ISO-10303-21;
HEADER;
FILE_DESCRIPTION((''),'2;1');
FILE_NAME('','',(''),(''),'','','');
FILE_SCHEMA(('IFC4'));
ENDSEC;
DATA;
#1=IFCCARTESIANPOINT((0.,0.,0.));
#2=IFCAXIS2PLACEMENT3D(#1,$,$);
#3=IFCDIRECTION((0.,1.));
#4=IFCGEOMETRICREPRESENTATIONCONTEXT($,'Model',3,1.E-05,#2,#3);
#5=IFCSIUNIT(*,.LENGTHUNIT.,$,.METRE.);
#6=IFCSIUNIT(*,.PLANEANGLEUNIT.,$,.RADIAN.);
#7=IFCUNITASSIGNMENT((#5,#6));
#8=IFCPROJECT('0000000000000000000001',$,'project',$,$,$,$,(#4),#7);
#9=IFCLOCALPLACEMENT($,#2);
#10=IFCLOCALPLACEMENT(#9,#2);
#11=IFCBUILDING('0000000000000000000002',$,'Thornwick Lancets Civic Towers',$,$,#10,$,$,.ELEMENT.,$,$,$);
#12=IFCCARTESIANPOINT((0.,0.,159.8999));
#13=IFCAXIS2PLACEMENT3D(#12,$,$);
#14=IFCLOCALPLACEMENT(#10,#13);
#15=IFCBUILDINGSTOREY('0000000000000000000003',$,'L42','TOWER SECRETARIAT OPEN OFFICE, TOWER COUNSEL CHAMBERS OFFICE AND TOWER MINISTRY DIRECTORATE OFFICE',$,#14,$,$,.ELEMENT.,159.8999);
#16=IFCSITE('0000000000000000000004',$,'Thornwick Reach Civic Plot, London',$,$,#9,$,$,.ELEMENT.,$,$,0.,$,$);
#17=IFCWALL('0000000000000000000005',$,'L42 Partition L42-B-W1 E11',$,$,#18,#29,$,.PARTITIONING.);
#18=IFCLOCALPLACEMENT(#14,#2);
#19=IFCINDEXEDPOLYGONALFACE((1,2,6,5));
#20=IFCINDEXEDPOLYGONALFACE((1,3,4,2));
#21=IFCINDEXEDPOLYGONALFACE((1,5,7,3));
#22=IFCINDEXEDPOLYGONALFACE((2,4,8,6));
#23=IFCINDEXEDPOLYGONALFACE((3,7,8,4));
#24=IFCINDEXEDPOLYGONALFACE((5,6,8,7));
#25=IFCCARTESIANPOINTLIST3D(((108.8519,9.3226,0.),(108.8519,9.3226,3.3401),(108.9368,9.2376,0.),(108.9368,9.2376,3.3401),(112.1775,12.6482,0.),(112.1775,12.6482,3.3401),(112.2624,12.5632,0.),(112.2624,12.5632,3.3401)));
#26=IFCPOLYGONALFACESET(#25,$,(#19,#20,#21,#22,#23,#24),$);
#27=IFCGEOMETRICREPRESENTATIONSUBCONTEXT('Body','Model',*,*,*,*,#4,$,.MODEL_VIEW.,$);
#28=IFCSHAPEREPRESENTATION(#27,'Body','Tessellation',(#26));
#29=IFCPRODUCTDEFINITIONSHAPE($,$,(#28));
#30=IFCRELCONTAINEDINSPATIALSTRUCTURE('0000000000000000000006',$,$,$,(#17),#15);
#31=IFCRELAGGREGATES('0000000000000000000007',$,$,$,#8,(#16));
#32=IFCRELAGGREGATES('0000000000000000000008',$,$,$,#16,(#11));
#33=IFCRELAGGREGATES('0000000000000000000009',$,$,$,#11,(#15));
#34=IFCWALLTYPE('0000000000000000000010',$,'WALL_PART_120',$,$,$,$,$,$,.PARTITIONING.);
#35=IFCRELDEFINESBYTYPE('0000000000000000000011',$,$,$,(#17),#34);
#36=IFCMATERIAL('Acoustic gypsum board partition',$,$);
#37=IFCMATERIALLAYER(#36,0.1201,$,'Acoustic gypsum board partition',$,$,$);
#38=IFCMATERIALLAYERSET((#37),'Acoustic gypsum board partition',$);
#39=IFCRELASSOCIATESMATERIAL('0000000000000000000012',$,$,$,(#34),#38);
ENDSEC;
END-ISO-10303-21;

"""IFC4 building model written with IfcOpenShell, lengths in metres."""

from ifc_helpers import new_model, si_unit, direction, frame, frame_2d, origin, place, context, subcontext, project, spatial, rectangle, extrude, material, layer, layer_set, type_object, element, save


model = new_model("IFC4")

# Units and contexts
model_context = context("Model", 3, precision=1e-05, world=origin(), true_north=direction((0.0, 1.0)))
body_context = subcontext(model_context, "Body", "Model", "MODEL_VIEW")
ifc_project = project(units=[si_unit("LENGTHUNIT", "METRE"), si_unit("PLANEANGLEUNIT", "RADIAN")], contexts=[model_context])

# Site, building, storey
site_placement = place(None, origin())
site = spatial("IfcSite", under=ifc_project, at=site_placement, Name="Thornwick Reach Civic Plot, London", CompositionType="ELEMENT", RefElevation=0.0)
building_placement = place(site_placement, origin())
building = spatial("IfcBuilding", under=site, at=building_placement, Name="Thornwick Lancets Civic Towers", CompositionType="ELEMENT")
storey_placement = place(building_placement, frame((0.0, 0.0, 159.8999)))
storey = spatial("IfcBuildingStorey", under=building, at=storey_placement, Name="L42", Description="TOWER SECRETARIAT OPEN OFFICE, TOWER COUNSEL CHAMBERS OFFICE AND TOWER MINISTRY DIRECTORATE OFFICE", CompositionType="ELEMENT", Elevation=159.8999)

# Wall
ifc_material_1 = material(Name="Acoustic gypsum board partition")
ifc_layer_1 = layer(ifc_material_1, 0.1201, Name="Acoustic gypsum board partition")
ifc_layer_set_1 = layer_set([ifc_layer_1], Name="Acoustic gypsum board partition")
wall_type_1 = type_object("IfcWallType", Name="WALL_PART_120", PredefinedType="PARTITIONING", material=ifc_layer_set_1)
wall_1_placement = place(storey_placement, frame((112.22, 12.6057, 0.0), z_axis=(0.0, 0.0, 1.0), x_axis=(-0.707107, -0.707107, 0.0)))
element("IfcWall", 1, at=wall_1_placement, inside=storey, type_object=wall_type_1, Name="L42 Partition L42-B-W1 E11", PredefinedType="PARTITIONING", context=body_context, shape_type="SweptSolid", body=[
    extrude(rectangle(XDim=4.7031, YDim=0.1201, at=frame_2d((2.3516, 0.0))), origin(), (0.0, 0.0, 1.0), 3.3401),
])

save(model, "model.ifc")
